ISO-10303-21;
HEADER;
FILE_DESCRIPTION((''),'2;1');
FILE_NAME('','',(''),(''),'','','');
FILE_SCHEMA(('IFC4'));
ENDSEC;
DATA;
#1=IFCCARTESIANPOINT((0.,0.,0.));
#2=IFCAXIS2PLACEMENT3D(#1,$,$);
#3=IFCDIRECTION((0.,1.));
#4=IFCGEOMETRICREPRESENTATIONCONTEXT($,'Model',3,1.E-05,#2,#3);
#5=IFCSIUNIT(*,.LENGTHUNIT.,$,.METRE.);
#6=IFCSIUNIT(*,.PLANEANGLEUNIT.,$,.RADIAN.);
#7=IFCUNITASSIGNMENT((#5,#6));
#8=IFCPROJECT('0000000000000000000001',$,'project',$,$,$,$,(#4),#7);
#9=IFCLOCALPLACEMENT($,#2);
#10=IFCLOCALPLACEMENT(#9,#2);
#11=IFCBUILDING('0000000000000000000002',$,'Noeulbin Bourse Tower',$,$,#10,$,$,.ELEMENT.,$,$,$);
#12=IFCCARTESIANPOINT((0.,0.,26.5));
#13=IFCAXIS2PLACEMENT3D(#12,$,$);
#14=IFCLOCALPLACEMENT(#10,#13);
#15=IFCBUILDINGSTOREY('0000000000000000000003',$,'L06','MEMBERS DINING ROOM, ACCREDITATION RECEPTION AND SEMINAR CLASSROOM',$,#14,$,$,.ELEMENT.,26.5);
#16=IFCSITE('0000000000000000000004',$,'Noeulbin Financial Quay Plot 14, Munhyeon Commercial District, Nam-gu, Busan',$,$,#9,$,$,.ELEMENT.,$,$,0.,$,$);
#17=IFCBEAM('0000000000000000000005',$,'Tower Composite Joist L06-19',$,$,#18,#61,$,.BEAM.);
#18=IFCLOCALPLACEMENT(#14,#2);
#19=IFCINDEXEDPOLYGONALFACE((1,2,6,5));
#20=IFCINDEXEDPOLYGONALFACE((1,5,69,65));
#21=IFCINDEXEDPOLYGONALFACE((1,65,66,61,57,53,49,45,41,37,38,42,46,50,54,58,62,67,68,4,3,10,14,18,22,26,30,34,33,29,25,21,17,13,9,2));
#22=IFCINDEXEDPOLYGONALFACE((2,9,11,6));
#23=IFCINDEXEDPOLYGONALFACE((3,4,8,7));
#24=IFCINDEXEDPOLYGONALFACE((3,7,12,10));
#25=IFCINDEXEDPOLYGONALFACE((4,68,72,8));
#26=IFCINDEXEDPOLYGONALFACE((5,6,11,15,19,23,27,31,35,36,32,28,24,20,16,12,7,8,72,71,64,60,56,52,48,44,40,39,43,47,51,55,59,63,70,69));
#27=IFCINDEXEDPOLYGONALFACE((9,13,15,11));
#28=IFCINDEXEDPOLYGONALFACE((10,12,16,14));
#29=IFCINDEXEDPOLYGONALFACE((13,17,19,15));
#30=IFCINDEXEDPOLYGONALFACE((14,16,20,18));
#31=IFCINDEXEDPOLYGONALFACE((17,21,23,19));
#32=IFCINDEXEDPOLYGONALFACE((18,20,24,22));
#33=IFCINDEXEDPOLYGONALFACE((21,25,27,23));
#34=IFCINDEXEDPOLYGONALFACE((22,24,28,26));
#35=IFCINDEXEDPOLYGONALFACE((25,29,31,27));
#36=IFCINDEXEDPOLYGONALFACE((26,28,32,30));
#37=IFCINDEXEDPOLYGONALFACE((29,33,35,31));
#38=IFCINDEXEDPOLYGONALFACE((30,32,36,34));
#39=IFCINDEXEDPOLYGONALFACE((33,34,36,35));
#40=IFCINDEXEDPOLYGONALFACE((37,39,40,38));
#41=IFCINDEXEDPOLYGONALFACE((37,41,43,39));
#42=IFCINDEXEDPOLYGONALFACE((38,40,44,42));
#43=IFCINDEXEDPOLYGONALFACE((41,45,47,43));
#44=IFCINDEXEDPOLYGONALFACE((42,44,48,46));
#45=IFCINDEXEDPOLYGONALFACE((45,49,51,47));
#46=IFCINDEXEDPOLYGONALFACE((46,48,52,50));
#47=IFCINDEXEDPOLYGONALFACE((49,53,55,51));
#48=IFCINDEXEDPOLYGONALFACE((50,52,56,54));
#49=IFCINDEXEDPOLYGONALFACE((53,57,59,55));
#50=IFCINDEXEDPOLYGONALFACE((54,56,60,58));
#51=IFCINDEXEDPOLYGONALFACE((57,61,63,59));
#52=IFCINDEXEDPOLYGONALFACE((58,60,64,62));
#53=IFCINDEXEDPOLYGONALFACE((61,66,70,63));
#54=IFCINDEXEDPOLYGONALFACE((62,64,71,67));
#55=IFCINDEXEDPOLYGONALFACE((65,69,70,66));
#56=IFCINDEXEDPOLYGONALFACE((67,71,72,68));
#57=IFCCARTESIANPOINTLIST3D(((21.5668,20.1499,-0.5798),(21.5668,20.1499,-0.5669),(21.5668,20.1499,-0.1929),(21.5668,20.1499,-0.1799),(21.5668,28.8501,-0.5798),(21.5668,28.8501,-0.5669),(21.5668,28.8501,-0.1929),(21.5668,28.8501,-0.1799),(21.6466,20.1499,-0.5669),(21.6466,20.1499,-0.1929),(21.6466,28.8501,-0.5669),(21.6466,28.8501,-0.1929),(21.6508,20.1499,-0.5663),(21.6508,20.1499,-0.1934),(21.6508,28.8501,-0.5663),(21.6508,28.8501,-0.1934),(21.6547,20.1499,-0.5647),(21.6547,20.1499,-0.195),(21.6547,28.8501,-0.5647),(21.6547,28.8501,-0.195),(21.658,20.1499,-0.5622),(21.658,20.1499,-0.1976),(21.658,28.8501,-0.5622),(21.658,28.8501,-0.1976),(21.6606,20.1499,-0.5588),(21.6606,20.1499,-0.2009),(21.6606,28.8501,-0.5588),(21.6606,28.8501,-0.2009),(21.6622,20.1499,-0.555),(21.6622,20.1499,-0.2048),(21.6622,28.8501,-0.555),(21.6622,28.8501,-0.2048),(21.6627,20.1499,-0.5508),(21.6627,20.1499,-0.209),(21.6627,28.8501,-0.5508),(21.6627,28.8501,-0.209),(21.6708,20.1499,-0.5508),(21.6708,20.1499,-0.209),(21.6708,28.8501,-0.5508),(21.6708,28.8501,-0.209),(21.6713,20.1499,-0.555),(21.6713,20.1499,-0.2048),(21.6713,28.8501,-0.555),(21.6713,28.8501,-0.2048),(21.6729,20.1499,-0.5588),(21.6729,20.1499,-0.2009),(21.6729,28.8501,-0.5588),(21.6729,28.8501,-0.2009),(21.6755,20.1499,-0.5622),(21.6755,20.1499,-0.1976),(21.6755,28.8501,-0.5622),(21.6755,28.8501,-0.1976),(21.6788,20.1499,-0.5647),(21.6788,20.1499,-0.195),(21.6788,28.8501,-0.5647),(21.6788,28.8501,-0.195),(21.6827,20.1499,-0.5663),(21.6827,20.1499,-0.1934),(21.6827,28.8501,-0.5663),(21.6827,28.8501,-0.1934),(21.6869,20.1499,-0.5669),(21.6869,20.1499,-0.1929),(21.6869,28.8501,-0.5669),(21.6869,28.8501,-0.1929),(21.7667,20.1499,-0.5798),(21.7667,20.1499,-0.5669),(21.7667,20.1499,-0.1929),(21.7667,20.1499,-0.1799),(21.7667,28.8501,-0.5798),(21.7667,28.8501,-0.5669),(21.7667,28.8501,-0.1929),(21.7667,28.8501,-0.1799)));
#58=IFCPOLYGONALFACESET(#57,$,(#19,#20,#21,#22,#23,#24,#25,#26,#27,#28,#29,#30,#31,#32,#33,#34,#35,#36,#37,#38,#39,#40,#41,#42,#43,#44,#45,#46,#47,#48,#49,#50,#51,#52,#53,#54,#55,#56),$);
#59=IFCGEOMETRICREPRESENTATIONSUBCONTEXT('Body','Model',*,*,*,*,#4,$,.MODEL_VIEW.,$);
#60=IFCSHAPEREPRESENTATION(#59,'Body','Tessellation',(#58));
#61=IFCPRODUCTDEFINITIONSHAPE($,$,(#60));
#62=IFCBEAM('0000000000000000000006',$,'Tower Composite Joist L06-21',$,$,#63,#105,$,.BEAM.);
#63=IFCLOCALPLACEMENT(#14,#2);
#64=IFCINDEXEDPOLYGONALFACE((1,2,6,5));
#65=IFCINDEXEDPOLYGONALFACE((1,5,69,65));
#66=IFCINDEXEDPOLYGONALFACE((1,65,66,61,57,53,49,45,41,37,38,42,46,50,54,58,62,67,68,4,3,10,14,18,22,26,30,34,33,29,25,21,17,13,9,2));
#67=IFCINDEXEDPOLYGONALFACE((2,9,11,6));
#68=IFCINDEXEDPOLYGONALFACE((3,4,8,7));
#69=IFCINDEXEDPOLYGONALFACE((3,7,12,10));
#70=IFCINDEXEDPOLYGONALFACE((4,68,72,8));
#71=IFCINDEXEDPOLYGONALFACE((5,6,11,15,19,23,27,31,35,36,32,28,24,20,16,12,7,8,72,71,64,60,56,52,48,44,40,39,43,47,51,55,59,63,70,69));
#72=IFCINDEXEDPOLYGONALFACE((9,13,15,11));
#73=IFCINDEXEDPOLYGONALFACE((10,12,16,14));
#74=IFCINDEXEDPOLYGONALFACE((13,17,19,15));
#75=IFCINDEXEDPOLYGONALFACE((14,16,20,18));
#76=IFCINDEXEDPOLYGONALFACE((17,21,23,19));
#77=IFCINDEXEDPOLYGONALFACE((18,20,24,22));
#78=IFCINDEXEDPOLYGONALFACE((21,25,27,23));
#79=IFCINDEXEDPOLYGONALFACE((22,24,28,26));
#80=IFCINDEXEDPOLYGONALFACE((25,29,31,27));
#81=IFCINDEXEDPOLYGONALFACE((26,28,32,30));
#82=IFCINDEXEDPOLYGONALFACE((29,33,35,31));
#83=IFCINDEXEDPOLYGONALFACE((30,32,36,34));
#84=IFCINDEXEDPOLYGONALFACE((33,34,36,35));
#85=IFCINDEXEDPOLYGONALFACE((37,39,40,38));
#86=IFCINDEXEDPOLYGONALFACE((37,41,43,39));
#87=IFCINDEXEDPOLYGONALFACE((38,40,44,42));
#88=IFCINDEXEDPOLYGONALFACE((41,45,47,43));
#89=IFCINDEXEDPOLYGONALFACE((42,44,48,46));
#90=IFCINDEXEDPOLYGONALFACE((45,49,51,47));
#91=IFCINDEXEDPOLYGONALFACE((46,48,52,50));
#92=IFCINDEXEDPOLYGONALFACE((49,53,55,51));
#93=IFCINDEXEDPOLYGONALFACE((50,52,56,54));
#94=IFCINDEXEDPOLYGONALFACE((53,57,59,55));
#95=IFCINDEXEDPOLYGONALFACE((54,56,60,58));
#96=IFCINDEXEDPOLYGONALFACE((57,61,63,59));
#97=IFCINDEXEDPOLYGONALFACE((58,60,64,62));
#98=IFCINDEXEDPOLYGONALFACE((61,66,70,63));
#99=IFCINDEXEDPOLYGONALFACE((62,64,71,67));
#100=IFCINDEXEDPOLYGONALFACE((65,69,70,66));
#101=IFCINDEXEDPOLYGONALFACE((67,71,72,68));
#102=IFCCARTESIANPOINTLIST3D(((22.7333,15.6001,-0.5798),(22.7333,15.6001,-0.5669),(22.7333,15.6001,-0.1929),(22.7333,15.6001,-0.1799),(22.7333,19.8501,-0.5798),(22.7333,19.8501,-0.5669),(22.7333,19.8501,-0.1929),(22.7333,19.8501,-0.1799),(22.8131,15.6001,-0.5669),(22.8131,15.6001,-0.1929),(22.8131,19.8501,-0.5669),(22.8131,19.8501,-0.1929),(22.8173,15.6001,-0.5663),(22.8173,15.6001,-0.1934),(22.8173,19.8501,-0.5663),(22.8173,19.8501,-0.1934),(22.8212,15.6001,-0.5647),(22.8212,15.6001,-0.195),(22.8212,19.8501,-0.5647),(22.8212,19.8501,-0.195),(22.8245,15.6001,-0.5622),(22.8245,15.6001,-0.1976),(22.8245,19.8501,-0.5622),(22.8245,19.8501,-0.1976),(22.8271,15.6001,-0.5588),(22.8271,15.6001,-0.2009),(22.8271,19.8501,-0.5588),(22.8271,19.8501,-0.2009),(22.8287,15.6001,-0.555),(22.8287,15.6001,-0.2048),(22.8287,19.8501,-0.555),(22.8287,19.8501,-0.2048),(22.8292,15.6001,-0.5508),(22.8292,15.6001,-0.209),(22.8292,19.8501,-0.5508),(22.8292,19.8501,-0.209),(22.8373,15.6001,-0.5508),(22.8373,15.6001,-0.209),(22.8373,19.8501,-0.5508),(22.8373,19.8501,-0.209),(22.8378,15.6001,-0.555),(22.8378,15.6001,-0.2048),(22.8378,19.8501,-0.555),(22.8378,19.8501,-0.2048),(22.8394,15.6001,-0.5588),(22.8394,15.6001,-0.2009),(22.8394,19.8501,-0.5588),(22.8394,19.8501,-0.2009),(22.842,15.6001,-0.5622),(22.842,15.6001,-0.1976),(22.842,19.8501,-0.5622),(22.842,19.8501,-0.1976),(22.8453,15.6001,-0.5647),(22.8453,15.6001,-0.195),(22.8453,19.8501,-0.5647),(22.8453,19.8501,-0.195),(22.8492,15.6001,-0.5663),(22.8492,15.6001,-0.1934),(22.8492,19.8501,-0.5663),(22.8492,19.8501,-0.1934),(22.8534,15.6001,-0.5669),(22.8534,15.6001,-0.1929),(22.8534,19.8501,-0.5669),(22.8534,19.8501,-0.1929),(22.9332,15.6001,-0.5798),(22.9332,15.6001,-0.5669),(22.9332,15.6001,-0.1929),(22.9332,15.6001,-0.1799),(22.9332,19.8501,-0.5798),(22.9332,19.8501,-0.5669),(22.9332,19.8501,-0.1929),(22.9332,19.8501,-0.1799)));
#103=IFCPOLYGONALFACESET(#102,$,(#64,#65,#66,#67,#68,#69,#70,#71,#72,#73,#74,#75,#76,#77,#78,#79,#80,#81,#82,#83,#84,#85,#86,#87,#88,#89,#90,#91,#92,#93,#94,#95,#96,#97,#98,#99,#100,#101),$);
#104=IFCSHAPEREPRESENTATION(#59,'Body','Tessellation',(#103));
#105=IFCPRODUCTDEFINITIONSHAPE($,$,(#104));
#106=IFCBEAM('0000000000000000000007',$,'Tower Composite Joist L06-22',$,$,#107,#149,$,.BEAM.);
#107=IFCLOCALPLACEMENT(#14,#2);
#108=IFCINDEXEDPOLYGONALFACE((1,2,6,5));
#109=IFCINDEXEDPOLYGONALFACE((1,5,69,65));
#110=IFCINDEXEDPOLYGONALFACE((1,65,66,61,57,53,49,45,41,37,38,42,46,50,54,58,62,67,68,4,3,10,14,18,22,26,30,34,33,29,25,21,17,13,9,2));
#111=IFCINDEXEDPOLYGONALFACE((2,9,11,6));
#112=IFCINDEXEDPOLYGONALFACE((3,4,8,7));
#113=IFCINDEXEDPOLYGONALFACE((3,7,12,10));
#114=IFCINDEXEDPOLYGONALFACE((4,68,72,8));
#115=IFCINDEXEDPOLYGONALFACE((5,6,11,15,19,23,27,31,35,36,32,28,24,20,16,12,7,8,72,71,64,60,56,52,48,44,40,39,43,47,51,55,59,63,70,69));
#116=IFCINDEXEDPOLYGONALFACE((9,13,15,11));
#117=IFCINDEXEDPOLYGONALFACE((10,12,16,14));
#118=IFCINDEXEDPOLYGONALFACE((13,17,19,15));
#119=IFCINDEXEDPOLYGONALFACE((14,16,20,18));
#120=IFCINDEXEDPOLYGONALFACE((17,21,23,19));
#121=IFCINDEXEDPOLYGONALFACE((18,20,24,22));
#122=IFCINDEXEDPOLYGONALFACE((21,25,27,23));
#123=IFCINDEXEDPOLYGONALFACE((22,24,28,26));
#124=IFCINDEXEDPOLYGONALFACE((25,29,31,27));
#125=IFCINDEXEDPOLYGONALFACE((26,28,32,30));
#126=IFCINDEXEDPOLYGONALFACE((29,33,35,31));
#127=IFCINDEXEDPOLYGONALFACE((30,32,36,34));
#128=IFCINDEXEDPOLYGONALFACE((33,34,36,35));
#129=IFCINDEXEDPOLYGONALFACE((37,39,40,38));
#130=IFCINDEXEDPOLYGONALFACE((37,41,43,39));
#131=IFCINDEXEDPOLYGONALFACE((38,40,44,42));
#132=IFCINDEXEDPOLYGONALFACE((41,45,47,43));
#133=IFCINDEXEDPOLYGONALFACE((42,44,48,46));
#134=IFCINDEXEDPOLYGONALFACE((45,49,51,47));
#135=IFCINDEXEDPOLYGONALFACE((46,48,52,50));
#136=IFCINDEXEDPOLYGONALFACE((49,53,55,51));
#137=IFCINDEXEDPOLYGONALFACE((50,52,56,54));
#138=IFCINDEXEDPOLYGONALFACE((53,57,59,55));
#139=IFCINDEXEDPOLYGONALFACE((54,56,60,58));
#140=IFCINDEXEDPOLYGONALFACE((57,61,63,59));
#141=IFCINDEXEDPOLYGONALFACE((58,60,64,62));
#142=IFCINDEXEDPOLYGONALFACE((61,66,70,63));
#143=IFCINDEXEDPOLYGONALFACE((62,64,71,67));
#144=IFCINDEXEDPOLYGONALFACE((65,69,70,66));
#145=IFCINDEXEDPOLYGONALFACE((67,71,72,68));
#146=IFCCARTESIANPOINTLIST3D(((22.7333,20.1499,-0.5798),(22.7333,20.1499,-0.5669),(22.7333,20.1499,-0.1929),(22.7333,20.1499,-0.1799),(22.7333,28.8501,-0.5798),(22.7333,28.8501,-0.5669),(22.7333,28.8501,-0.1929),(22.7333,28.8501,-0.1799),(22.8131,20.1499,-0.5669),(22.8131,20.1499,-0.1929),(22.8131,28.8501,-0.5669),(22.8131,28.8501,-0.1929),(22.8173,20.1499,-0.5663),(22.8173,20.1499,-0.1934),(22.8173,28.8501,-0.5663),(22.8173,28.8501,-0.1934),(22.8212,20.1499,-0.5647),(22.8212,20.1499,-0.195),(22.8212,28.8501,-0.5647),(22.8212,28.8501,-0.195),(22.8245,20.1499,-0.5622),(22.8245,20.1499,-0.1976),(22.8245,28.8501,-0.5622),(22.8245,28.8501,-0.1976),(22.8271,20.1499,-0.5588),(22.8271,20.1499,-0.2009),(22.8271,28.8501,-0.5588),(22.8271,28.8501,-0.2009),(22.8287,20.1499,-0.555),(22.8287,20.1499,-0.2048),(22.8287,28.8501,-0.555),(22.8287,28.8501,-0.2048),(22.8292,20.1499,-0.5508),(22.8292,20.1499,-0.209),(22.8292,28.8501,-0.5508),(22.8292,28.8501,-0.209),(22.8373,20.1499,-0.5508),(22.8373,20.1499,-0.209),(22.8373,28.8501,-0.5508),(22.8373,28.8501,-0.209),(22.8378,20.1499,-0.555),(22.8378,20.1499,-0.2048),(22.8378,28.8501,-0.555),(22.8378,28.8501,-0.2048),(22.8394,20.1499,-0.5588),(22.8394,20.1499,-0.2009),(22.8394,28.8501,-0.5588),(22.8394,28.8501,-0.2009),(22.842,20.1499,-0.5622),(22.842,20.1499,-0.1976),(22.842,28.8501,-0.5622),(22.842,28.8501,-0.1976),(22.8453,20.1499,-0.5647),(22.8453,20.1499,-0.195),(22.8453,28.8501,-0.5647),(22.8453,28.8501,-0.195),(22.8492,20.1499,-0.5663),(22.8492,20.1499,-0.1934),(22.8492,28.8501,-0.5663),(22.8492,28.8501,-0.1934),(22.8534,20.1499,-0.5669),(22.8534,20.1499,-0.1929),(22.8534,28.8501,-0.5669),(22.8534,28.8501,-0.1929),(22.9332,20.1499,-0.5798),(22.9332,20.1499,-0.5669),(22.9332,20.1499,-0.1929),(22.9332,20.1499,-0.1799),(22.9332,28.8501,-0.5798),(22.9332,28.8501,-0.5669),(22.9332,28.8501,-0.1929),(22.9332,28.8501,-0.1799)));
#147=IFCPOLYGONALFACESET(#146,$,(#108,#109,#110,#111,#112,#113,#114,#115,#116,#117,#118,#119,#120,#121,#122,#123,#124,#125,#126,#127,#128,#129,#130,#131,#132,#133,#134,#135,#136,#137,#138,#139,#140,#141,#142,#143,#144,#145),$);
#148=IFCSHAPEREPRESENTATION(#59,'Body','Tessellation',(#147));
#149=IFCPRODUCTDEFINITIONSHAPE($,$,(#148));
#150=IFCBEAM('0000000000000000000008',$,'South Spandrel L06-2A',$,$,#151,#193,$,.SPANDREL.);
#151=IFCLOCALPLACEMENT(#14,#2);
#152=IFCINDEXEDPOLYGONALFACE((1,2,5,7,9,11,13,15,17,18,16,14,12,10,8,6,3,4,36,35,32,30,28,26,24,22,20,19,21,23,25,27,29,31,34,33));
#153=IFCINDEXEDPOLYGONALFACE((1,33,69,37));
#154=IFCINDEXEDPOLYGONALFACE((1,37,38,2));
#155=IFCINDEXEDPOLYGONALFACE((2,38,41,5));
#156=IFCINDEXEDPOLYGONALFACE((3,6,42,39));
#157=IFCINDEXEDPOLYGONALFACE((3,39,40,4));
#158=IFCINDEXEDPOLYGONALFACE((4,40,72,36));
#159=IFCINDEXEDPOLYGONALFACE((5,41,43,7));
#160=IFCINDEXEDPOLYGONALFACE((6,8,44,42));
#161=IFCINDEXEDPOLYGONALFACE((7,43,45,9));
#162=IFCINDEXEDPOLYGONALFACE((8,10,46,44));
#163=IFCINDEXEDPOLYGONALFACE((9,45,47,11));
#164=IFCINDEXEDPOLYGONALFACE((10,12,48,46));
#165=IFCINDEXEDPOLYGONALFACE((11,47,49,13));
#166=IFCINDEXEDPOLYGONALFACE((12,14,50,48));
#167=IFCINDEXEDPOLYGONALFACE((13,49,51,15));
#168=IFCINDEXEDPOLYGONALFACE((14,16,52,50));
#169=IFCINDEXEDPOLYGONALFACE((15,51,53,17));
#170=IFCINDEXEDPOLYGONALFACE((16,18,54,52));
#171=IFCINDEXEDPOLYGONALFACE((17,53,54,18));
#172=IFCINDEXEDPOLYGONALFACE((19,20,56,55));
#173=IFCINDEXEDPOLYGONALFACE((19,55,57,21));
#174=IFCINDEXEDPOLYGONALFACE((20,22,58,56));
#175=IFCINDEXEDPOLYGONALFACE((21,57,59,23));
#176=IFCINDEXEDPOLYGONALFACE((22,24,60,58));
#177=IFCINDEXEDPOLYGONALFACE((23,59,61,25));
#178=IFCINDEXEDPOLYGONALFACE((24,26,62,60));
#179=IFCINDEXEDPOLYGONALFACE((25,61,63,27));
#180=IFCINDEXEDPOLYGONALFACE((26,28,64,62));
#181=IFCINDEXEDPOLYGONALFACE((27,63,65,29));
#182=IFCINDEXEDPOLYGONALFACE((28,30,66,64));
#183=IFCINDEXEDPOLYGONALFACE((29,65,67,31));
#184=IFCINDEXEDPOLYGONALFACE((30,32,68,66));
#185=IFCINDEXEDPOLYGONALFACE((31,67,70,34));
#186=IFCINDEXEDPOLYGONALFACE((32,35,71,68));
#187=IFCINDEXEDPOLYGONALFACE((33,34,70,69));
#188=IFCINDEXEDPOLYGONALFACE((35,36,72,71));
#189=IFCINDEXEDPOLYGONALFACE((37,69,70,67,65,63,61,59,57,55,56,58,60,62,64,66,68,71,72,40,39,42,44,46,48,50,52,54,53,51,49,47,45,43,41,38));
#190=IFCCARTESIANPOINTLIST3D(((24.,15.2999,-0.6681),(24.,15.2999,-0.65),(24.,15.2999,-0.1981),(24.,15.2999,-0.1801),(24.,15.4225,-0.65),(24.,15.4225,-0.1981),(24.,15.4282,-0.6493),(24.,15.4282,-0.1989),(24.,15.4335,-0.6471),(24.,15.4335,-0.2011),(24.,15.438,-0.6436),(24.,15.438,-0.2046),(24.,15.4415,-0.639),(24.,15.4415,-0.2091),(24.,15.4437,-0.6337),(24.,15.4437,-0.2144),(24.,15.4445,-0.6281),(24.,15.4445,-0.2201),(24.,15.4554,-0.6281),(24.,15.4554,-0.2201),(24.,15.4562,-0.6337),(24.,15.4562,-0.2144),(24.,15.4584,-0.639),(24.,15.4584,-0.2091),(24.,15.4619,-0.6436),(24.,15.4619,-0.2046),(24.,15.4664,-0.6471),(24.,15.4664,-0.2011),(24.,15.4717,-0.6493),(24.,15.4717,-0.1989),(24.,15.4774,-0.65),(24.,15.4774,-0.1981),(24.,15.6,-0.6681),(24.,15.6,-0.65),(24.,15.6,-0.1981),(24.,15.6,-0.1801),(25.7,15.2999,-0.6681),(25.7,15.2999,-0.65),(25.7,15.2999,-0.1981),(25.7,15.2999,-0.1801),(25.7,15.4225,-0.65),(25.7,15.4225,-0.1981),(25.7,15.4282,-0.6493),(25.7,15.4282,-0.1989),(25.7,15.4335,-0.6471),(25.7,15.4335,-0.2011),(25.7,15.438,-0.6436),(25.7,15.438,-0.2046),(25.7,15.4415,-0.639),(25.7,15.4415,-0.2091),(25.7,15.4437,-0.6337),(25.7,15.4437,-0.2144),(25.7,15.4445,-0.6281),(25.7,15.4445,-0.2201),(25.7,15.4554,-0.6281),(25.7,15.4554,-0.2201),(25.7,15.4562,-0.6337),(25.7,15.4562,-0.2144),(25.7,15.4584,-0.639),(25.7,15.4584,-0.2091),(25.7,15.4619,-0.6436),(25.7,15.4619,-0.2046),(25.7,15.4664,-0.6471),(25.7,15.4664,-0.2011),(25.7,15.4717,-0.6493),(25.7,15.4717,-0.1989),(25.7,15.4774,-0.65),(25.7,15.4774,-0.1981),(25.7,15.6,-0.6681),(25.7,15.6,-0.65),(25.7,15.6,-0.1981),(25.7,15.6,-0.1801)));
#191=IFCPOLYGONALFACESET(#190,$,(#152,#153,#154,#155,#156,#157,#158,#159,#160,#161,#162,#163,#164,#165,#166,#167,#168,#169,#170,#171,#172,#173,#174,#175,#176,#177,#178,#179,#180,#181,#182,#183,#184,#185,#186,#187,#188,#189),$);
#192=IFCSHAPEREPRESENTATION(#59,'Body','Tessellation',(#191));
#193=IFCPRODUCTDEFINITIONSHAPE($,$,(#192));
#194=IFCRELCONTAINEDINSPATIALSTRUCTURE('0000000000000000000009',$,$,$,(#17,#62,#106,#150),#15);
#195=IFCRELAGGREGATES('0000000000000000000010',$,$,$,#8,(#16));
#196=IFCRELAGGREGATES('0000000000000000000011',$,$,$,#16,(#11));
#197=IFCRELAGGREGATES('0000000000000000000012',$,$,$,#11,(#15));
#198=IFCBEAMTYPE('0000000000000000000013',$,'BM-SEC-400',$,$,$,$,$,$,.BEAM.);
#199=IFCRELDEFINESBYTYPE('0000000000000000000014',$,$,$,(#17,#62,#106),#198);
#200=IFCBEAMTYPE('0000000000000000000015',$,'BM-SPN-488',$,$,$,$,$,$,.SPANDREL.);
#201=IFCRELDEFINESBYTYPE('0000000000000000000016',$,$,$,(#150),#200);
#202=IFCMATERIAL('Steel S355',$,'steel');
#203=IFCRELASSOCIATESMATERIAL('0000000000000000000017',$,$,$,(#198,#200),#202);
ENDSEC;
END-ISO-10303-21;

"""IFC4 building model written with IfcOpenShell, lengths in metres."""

from ifc_helpers import new_model, si_unit, direction, frame, origin, origin_2d, place, context, subcontext, project, spatial, i_section, extrude, material, material_profile, profile_set, type_object, element, save


model = new_model("IFC4")

# Units and contexts
model_context = context("Model", 3, precision=1e-05, world=origin(), true_north=direction((0.0, 1.0)))
body_context = subcontext(model_context, "Body", "Model", "MODEL_VIEW")
ifc_project = project(units=[si_unit("LENGTHUNIT", "METRE"), si_unit("PLANEANGLEUNIT", "RADIAN")], contexts=[model_context])

# Site, building, storey
site_placement = place(None, origin())
site = spatial("IfcSite", under=ifc_project, at=site_placement, Name="Noeulbin Financial Quay Plot 14, Munhyeon Commercial District, Nam-gu, Busan", CompositionType="ELEMENT", RefElevation=0.0)
building_placement = place(site_placement, origin())
building = spatial("IfcBuilding", under=site, at=building_placement, Name="Noeulbin Bourse Tower", CompositionType="ELEMENT")
storey_placement = place(building_placement, frame((0.0, 0.0, 26.5)))
storey = spatial("IfcBuildingStorey", under=building, at=storey_placement, Name="L06", Description="MEMBERS DINING ROOM, ACCREDITATION RECEPTION AND SEMINAR CLASSROOM", CompositionType="ELEMENT", Elevation=26.5)

# Beams
ifc_material_1 = material(Name="Steel S355", Category="steel")
ifc_material_profile_1 = material_profile(ifc_material_1, i_section(OverallWidth=0.2, OverallDepth=0.3999, WebThickness=0.0081, FlangeThickness=0.0129, FilletRadius=0.0161, at=origin_2d()), Name="H-400x200x8x13", Category="LoadBearing")
ifc_profile_set_1 = profile_set([ifc_material_profile_1], Name="Steel S355")
beam_type_1 = type_object("IfcBeamType", Name="BM-SEC-400", PredefinedType="BEAM", material=ifc_profile_set_1)
beam_1_placement = place(storey_placement, frame((21.6667, 20.1499, -0.3799), z_axis=(0.0, 1.0, 0.0), x_axis=(-1.0, 0.0, 0.0)))
element("IfcBeam", 1, at=beam_1_placement, inside=storey, type_object=beam_type_1, Name="Tower Composite Joist L06-19", PredefinedType="BEAM", context=body_context, shape_type="SweptSolid", body=[
    extrude(i_section(OverallWidth=0.2, OverallDepth=0.3999, WebThickness=0.0081, FlangeThickness=0.0129, FilletRadius=0.0161, at=origin_2d()), origin(), (0.0, 0.0, 1.0), 8.7002),
])
beam_2_placement = place(storey_placement, frame((22.8333, 15.6001, -0.3799), z_axis=(0.0, 1.0, 0.0), x_axis=(-1.0, 0.0, 0.0)))
element("IfcBeam", 2, at=beam_2_placement, inside=storey, type_object=beam_type_1, Name="Tower Composite Joist L06-21", PredefinedType="BEAM", context=body_context, shape_type="SweptSolid", body=[
    extrude(i_section(OverallWidth=0.2, OverallDepth=0.3999, WebThickness=0.0081, FlangeThickness=0.0129, FilletRadius=0.0161, at=origin_2d()), origin(), (0.0, 0.0, 1.0), 4.25),
])
beam_3_placement = place(storey_placement, frame((22.8333, 20.1499, -0.3799), z_axis=(0.0, 1.0, 0.0), x_axis=(-1.0, 0.0, 0.0)))
element("IfcBeam", 3, at=beam_3_placement, inside=storey, type_object=beam_type_1, Name="Tower Composite Joist L06-22", PredefinedType="BEAM", context=body_context, shape_type="SweptSolid", body=[
    extrude(i_section(OverallWidth=0.2, OverallDepth=0.3999, WebThickness=0.0081, FlangeThickness=0.0129, FilletRadius=0.0161, at=origin_2d()), origin(), (0.0, 0.0, 1.0), 8.7002),
])
ifc_material_profile_2 = material_profile(ifc_material_1, i_section(OverallWidth=0.3, OverallDepth=0.488, WebThickness=0.011, FlangeThickness=0.0181, FilletRadius=0.022, at=origin_2d()), Name="H-488x300x11x18", Category="LoadBearing")
ifc_profile_set_2 = profile_set([ifc_material_profile_2], Name="Steel S355")
beam_type_2 = type_object("IfcBeamType", Name="BM-SPN-488", PredefinedType="SPANDREL", material=ifc_profile_set_2)
beam_4_placement = place(storey_placement, frame((24.0, 15.45, -0.4241), z_axis=(1.0, 0.0, 0.0), x_axis=(0.0, 1.0, 0.0)))
element("IfcBeam", 4, at=beam_4_placement, inside=storey, type_object=beam_type_2, Name="South Spandrel L06-2A", PredefinedType="SPANDREL", context=body_context, shape_type="SweptSolid", body=[
    extrude(i_section(OverallWidth=0.3, OverallDepth=0.488, WebThickness=0.011, FlangeThickness=0.0181, FilletRadius=0.022, at=origin_2d()), origin(), (0.0, 0.0, 1.0), 1.7),
])

save(model, "model.ifc")
